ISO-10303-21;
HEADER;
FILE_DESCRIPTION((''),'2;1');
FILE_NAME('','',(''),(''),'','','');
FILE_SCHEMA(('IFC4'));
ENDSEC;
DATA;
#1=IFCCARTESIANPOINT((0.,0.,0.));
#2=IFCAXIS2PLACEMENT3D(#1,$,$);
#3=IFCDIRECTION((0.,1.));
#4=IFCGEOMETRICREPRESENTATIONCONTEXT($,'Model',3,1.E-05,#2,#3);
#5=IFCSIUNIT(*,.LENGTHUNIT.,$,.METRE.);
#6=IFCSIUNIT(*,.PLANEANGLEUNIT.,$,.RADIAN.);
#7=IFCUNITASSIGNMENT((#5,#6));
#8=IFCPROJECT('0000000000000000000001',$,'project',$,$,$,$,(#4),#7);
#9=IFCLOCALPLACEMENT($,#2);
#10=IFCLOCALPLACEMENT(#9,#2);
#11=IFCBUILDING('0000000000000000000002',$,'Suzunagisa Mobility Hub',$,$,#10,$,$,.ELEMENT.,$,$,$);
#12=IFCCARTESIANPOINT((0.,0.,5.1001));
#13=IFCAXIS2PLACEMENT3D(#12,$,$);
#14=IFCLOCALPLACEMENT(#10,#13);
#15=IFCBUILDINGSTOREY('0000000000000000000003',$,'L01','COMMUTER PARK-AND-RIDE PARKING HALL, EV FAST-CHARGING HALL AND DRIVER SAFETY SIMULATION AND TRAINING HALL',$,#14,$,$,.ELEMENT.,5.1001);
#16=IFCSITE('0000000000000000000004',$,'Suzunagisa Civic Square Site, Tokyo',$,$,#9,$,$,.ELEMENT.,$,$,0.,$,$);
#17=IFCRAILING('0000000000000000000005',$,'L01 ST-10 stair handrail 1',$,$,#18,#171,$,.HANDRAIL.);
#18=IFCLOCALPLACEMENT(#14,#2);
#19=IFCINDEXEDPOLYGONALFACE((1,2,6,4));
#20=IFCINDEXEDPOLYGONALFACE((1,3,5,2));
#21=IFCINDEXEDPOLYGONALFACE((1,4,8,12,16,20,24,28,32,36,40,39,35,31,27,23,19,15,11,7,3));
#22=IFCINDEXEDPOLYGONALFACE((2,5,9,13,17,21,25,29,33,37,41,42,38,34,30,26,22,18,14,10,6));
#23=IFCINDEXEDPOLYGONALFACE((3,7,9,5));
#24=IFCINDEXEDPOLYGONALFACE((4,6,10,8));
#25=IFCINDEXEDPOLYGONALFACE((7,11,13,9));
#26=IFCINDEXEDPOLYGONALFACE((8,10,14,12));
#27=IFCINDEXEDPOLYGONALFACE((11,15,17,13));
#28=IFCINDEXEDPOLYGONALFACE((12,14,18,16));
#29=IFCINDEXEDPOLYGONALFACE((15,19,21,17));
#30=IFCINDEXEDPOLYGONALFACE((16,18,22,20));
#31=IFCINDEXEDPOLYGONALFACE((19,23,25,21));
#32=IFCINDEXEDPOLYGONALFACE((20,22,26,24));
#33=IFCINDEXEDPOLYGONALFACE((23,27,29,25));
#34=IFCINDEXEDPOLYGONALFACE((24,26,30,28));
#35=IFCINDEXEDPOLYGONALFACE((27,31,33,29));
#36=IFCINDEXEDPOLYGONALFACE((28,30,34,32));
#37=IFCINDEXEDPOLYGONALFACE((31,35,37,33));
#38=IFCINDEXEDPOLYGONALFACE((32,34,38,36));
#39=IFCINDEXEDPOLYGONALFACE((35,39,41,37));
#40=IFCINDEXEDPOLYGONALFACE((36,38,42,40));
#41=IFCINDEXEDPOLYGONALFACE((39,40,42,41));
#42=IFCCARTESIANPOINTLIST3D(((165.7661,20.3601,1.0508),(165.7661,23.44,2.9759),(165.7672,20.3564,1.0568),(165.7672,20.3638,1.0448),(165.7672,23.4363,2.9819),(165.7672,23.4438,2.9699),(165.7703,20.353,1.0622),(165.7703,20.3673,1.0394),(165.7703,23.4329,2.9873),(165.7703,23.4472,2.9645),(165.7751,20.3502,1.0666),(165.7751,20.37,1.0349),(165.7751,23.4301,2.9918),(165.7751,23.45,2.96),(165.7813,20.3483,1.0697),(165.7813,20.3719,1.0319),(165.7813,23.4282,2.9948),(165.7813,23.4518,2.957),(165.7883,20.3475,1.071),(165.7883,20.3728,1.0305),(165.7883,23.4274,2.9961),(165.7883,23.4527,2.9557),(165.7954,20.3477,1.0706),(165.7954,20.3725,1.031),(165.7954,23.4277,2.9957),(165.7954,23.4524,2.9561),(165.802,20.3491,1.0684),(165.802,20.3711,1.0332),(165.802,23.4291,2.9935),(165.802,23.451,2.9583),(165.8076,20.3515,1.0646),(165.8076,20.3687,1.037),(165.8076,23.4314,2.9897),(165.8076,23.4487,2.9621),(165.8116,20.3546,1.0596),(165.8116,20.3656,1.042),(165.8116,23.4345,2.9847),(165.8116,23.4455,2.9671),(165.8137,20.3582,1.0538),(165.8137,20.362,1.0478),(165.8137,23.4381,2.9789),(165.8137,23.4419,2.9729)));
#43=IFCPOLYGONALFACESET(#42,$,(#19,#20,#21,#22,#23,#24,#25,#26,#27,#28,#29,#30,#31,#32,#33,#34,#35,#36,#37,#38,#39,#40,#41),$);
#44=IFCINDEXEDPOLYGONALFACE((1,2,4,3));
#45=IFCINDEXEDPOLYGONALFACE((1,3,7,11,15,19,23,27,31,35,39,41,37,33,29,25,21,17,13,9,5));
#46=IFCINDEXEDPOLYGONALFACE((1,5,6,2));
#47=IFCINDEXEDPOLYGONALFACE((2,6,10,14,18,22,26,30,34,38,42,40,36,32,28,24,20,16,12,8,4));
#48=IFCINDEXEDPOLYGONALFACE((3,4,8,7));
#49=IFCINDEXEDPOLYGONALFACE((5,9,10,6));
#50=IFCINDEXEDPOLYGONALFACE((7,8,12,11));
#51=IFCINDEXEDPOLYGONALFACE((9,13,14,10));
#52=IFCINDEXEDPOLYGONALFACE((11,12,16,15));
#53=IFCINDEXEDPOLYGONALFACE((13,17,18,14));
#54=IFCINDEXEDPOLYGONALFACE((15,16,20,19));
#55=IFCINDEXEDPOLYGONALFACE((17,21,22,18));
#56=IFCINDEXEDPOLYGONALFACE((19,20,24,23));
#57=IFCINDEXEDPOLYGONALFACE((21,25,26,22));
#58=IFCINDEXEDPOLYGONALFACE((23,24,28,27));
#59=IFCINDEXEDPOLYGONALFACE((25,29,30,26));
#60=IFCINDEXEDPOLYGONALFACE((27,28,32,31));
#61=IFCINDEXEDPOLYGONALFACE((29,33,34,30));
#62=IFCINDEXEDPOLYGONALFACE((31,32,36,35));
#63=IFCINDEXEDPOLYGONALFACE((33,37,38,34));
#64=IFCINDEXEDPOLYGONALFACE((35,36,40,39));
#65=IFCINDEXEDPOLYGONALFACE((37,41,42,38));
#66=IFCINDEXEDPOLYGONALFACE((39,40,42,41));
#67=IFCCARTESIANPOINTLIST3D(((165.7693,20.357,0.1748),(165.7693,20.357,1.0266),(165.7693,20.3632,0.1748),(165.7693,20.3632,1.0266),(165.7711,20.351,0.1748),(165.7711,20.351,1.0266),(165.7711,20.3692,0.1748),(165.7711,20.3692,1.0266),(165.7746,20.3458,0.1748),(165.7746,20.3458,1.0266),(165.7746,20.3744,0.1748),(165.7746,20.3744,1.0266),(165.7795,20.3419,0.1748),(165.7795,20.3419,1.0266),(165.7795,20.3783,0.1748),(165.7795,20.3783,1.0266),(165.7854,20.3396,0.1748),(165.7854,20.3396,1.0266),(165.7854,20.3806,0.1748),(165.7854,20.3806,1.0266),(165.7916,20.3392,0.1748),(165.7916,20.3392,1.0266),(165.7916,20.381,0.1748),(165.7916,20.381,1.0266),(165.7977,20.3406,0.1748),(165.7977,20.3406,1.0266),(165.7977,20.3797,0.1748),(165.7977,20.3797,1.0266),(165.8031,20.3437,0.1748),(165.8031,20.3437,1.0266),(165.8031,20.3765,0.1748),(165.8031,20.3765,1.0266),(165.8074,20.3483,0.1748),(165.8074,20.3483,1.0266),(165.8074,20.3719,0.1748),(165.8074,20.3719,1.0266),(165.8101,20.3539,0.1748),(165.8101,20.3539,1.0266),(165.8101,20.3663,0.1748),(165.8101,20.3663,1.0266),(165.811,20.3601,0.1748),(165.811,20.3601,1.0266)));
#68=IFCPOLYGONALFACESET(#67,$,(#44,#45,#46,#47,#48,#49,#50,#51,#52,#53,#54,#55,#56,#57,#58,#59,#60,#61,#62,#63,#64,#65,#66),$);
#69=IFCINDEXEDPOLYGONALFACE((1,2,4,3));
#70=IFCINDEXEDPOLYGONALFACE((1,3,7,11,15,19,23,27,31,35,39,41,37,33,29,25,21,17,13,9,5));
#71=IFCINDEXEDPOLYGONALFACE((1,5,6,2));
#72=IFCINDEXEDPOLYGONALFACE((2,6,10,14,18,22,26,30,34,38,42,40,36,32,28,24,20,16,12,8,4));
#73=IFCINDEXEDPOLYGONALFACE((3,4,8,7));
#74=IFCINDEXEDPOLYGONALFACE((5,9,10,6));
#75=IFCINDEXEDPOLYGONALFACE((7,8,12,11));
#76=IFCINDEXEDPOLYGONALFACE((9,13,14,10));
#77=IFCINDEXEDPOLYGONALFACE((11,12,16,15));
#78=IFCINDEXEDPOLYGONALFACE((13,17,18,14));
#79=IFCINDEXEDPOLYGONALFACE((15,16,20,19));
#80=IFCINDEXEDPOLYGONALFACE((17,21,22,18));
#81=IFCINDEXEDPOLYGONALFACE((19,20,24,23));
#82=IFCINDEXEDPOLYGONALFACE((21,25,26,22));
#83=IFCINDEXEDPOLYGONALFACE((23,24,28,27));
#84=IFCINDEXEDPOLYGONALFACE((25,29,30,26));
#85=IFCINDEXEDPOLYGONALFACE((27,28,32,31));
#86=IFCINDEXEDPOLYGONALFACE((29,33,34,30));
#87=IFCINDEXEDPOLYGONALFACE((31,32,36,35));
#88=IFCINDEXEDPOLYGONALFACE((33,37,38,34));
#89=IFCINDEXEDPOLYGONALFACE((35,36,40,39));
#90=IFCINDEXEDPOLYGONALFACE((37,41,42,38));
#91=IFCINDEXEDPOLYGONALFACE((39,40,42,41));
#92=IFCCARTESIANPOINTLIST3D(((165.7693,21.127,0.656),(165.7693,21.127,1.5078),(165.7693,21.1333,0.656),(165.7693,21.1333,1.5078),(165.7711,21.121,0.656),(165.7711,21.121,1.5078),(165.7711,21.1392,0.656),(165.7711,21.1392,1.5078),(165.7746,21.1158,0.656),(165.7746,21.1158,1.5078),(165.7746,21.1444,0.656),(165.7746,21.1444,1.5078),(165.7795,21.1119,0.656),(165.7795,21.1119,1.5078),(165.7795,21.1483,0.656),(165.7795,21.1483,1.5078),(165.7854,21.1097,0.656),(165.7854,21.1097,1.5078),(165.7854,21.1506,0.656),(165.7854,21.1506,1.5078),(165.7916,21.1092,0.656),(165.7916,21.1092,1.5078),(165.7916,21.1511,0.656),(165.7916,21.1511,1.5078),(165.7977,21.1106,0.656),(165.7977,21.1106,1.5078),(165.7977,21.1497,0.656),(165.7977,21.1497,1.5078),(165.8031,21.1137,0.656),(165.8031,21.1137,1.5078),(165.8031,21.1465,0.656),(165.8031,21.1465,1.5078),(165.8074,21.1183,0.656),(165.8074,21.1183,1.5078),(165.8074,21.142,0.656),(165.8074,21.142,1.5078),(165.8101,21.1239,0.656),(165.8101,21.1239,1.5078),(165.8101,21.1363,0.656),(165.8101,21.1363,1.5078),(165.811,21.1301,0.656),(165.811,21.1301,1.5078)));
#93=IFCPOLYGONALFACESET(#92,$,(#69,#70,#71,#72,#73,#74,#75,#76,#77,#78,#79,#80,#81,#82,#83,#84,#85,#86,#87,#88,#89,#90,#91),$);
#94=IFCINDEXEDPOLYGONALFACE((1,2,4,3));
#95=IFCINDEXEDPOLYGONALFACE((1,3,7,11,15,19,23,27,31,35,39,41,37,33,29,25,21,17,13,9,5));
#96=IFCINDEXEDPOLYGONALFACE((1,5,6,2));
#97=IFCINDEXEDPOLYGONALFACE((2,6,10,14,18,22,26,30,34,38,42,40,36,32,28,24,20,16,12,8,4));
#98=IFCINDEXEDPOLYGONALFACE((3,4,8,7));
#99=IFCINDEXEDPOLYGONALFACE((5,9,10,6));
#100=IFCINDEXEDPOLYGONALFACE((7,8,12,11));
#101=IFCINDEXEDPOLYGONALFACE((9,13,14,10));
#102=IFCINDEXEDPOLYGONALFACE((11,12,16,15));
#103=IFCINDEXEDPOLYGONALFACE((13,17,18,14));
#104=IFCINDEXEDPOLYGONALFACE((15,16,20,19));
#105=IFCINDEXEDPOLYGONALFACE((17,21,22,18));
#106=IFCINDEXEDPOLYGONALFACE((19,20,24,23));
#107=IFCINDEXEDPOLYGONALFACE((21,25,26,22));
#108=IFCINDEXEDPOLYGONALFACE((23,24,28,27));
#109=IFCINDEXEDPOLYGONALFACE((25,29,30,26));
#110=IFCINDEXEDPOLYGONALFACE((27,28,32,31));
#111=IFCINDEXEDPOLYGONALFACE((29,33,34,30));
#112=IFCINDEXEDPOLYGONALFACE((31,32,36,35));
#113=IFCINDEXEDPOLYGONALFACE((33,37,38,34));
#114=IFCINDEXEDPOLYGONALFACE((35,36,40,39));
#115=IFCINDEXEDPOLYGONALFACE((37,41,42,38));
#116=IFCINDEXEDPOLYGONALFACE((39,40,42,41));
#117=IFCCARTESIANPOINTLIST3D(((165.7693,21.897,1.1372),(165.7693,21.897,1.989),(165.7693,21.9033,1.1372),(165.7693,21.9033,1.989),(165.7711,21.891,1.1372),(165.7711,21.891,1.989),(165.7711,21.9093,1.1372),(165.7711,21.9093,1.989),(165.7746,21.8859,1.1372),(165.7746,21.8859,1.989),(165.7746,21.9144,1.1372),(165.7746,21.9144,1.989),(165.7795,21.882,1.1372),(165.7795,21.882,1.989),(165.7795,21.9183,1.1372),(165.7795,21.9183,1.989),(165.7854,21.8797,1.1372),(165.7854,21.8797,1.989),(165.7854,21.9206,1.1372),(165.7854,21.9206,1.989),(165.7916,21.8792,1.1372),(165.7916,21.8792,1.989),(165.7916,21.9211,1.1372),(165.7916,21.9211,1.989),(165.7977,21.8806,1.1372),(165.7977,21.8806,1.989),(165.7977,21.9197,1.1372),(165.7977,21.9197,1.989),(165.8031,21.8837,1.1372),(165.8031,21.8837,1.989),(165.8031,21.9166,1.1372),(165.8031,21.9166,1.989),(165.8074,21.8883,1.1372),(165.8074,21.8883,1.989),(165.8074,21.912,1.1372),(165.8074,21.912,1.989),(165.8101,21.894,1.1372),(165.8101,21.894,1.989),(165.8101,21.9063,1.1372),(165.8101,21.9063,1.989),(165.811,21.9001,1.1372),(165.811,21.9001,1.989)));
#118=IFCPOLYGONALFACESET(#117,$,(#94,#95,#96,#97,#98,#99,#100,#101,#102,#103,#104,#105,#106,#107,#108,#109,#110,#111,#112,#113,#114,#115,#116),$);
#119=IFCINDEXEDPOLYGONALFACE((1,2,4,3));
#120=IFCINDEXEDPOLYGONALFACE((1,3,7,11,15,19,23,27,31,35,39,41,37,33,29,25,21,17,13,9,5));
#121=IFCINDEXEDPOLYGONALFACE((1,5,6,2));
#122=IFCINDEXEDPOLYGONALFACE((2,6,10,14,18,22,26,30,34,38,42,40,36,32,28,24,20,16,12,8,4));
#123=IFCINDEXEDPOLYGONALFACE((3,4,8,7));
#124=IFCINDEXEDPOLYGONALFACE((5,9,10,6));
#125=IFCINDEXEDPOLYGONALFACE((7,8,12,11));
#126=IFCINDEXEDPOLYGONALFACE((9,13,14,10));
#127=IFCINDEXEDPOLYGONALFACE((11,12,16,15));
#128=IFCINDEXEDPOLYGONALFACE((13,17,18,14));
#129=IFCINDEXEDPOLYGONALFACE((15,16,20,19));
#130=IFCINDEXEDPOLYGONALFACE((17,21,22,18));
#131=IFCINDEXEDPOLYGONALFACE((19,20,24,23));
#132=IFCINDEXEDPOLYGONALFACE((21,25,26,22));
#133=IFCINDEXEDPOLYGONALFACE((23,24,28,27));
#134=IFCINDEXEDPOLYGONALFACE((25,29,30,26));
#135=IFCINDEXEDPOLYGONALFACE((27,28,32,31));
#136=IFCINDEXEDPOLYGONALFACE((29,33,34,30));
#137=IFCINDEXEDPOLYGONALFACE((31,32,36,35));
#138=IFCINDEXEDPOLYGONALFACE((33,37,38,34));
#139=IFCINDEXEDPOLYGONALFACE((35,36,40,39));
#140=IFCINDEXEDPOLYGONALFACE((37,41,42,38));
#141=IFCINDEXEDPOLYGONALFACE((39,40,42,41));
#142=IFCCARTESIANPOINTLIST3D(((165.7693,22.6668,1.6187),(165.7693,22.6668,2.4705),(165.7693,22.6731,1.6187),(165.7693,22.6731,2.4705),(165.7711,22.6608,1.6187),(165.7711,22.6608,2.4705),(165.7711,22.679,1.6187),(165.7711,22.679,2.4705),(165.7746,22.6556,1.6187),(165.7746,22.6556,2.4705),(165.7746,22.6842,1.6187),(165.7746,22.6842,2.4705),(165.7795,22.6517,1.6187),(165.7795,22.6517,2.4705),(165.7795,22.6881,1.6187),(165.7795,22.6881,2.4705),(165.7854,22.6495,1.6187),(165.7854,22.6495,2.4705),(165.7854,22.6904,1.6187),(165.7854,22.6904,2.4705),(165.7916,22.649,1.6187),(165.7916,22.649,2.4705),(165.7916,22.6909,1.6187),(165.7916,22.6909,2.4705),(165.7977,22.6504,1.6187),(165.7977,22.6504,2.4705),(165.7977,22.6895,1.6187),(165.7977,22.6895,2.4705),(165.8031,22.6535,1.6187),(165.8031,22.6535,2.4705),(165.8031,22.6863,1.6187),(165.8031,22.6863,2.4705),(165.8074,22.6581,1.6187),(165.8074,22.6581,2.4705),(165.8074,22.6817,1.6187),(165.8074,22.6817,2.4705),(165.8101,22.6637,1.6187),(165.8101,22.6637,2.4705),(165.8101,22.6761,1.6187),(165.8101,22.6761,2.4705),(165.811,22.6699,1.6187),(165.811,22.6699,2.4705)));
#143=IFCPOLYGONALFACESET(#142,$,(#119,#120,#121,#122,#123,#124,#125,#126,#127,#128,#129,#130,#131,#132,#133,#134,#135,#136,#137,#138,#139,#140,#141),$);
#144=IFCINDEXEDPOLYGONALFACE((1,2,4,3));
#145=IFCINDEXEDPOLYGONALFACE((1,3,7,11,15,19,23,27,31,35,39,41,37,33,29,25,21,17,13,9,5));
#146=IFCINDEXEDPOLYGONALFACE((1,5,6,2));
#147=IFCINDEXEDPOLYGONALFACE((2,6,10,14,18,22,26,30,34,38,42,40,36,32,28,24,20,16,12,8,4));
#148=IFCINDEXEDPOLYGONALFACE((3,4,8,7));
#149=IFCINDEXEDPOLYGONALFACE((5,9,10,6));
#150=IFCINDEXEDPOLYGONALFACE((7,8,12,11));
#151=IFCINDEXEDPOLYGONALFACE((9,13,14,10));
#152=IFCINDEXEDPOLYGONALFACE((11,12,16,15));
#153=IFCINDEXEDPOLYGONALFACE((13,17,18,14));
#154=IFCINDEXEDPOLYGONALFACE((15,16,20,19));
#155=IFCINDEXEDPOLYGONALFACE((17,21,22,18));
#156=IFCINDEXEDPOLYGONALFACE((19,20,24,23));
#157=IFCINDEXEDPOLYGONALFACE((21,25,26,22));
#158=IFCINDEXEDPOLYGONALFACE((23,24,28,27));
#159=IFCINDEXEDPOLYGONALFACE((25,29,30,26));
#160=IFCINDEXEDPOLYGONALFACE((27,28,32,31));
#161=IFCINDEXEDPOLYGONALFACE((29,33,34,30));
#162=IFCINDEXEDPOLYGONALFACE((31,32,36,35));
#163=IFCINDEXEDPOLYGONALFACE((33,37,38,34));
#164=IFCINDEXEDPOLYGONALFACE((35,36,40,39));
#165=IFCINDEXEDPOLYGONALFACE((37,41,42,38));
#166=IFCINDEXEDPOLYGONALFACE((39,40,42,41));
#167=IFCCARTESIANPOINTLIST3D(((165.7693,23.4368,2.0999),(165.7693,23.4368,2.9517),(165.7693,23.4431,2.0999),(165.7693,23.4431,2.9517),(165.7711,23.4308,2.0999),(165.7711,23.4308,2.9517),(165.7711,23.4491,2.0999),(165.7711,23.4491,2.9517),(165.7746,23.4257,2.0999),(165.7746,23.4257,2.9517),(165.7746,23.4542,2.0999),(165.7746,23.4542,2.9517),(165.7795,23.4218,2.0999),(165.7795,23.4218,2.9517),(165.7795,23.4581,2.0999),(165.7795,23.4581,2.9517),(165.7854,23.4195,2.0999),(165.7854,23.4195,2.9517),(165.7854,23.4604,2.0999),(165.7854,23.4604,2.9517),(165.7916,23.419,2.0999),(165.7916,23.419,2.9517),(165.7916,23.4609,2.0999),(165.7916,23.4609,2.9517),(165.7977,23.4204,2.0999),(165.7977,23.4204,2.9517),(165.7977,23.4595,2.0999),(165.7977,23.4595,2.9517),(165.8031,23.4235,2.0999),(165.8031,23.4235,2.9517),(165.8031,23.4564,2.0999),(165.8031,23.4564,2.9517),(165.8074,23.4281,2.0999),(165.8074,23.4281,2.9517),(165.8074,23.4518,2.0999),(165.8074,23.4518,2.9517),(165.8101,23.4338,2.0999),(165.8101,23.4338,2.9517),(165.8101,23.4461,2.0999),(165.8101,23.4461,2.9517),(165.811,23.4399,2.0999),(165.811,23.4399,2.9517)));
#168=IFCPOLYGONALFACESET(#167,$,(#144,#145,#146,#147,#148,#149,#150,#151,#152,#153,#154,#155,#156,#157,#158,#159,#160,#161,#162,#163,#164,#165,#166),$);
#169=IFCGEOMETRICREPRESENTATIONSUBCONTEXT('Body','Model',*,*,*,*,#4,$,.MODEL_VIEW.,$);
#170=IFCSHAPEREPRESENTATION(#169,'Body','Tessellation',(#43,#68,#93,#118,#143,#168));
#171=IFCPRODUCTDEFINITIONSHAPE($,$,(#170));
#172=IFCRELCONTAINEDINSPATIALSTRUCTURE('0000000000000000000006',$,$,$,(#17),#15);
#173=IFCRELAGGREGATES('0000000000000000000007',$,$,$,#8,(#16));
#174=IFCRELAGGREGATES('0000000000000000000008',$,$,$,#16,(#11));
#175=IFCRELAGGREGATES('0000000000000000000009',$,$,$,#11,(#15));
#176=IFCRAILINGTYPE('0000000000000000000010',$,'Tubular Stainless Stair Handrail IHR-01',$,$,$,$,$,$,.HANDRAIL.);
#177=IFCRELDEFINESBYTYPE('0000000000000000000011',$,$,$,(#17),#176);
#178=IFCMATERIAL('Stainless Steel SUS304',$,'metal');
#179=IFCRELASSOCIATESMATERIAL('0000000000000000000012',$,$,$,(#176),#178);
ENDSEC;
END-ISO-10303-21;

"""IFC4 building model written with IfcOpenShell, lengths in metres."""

from ifc_helpers import new_model, si_unit, direction, frame, origin, origin_2d, place, context, subcontext, project, spatial, circle, extrude, material, type_object, element, save


model = new_model("IFC4")

# Units and contexts
model_context = context("Model", 3, precision=1e-05, world=origin(), true_north=direction((0.0, 1.0)))
body_context = subcontext(model_context, "Body", "Model", "MODEL_VIEW")
ifc_project = project(units=[si_unit("LENGTHUNIT", "METRE"), si_unit("PLANEANGLEUNIT", "RADIAN")], contexts=[model_context])

# Site, building, storey
site_placement = place(None, origin())
site = spatial("IfcSite", under=ifc_project, at=site_placement, Name="Suzunagisa Civic Square Site, Tokyo", CompositionType="ELEMENT", RefElevation=0.0)
building_placement = place(site_placement, origin())
building = spatial("IfcBuilding", under=site, at=building_placement, Name="Suzunagisa Mobility Hub", CompositionType="ELEMENT")
storey_placement = place(building_placement, frame((0.0, 0.0, 5.1001)))
storey = spatial("IfcBuildingStorey", under=building, at=storey_placement, Name="L01", Description="COMMUTER PARK-AND-RIDE PARKING HALL, EV FAST-CHARGING HALL AND DRIVER SAFETY SIMULATION AND TRAINING HALL", CompositionType="ELEMENT", Elevation=5.1001)

# Railing
ifc_material_1 = material(Name="Stainless Steel SUS304", Category="metal")
railing_type_1 = type_object("IfcRailingType", Name="Tubular Stainless Stair Handrail IHR-01", PredefinedType="HANDRAIL", material=ifc_material_1)
railing_1_placement = place(storey_placement, frame((165.79, 20.3601, 0.1748)))
element("IfcRailing", 1, at=railing_1_placement, inside=storey, type_object=railing_type_1, Name="L01 ST-10 stair handrail 1", PredefinedType="HANDRAIL", context=body_context, shape_type="SweptSolid", body=[
    extrude(circle(Radius=0.0239, at=origin_2d()), frame((0.0, 0.0, 0.876), z_axis=(0.0, 0.847979, 0.530029), x_axis=(-1.0, 0.0, 0.0)), (0.0, 0.0, 1.0), 3.6321),
    extrude(circle(Radius=0.021, at=origin_2d()), origin(), (0.0, 0.0, 1.0), 0.8518),
    extrude(circle(Radius=0.021, at=origin_2d()), frame((0.0, 0.77, 0.4812)), (0.0, 0.0, 1.0), 0.8518),
    extrude(circle(Radius=0.021, at=origin_2d()), frame((0.0, 1.54, 0.9624)), (0.0, 0.0, 1.0), 0.8518),
    extrude(circle(Radius=0.021, at=origin_2d()), frame((0.0, 2.3098, 1.4438)), (0.0, 0.0, 1.0), 0.8518),
    extrude(circle(Radius=0.021, at=origin_2d()), frame((0.0, 3.0798, 1.925)), (0.0, 0.0, 1.0), 0.8518),
])

save(model, "model.ifc")
